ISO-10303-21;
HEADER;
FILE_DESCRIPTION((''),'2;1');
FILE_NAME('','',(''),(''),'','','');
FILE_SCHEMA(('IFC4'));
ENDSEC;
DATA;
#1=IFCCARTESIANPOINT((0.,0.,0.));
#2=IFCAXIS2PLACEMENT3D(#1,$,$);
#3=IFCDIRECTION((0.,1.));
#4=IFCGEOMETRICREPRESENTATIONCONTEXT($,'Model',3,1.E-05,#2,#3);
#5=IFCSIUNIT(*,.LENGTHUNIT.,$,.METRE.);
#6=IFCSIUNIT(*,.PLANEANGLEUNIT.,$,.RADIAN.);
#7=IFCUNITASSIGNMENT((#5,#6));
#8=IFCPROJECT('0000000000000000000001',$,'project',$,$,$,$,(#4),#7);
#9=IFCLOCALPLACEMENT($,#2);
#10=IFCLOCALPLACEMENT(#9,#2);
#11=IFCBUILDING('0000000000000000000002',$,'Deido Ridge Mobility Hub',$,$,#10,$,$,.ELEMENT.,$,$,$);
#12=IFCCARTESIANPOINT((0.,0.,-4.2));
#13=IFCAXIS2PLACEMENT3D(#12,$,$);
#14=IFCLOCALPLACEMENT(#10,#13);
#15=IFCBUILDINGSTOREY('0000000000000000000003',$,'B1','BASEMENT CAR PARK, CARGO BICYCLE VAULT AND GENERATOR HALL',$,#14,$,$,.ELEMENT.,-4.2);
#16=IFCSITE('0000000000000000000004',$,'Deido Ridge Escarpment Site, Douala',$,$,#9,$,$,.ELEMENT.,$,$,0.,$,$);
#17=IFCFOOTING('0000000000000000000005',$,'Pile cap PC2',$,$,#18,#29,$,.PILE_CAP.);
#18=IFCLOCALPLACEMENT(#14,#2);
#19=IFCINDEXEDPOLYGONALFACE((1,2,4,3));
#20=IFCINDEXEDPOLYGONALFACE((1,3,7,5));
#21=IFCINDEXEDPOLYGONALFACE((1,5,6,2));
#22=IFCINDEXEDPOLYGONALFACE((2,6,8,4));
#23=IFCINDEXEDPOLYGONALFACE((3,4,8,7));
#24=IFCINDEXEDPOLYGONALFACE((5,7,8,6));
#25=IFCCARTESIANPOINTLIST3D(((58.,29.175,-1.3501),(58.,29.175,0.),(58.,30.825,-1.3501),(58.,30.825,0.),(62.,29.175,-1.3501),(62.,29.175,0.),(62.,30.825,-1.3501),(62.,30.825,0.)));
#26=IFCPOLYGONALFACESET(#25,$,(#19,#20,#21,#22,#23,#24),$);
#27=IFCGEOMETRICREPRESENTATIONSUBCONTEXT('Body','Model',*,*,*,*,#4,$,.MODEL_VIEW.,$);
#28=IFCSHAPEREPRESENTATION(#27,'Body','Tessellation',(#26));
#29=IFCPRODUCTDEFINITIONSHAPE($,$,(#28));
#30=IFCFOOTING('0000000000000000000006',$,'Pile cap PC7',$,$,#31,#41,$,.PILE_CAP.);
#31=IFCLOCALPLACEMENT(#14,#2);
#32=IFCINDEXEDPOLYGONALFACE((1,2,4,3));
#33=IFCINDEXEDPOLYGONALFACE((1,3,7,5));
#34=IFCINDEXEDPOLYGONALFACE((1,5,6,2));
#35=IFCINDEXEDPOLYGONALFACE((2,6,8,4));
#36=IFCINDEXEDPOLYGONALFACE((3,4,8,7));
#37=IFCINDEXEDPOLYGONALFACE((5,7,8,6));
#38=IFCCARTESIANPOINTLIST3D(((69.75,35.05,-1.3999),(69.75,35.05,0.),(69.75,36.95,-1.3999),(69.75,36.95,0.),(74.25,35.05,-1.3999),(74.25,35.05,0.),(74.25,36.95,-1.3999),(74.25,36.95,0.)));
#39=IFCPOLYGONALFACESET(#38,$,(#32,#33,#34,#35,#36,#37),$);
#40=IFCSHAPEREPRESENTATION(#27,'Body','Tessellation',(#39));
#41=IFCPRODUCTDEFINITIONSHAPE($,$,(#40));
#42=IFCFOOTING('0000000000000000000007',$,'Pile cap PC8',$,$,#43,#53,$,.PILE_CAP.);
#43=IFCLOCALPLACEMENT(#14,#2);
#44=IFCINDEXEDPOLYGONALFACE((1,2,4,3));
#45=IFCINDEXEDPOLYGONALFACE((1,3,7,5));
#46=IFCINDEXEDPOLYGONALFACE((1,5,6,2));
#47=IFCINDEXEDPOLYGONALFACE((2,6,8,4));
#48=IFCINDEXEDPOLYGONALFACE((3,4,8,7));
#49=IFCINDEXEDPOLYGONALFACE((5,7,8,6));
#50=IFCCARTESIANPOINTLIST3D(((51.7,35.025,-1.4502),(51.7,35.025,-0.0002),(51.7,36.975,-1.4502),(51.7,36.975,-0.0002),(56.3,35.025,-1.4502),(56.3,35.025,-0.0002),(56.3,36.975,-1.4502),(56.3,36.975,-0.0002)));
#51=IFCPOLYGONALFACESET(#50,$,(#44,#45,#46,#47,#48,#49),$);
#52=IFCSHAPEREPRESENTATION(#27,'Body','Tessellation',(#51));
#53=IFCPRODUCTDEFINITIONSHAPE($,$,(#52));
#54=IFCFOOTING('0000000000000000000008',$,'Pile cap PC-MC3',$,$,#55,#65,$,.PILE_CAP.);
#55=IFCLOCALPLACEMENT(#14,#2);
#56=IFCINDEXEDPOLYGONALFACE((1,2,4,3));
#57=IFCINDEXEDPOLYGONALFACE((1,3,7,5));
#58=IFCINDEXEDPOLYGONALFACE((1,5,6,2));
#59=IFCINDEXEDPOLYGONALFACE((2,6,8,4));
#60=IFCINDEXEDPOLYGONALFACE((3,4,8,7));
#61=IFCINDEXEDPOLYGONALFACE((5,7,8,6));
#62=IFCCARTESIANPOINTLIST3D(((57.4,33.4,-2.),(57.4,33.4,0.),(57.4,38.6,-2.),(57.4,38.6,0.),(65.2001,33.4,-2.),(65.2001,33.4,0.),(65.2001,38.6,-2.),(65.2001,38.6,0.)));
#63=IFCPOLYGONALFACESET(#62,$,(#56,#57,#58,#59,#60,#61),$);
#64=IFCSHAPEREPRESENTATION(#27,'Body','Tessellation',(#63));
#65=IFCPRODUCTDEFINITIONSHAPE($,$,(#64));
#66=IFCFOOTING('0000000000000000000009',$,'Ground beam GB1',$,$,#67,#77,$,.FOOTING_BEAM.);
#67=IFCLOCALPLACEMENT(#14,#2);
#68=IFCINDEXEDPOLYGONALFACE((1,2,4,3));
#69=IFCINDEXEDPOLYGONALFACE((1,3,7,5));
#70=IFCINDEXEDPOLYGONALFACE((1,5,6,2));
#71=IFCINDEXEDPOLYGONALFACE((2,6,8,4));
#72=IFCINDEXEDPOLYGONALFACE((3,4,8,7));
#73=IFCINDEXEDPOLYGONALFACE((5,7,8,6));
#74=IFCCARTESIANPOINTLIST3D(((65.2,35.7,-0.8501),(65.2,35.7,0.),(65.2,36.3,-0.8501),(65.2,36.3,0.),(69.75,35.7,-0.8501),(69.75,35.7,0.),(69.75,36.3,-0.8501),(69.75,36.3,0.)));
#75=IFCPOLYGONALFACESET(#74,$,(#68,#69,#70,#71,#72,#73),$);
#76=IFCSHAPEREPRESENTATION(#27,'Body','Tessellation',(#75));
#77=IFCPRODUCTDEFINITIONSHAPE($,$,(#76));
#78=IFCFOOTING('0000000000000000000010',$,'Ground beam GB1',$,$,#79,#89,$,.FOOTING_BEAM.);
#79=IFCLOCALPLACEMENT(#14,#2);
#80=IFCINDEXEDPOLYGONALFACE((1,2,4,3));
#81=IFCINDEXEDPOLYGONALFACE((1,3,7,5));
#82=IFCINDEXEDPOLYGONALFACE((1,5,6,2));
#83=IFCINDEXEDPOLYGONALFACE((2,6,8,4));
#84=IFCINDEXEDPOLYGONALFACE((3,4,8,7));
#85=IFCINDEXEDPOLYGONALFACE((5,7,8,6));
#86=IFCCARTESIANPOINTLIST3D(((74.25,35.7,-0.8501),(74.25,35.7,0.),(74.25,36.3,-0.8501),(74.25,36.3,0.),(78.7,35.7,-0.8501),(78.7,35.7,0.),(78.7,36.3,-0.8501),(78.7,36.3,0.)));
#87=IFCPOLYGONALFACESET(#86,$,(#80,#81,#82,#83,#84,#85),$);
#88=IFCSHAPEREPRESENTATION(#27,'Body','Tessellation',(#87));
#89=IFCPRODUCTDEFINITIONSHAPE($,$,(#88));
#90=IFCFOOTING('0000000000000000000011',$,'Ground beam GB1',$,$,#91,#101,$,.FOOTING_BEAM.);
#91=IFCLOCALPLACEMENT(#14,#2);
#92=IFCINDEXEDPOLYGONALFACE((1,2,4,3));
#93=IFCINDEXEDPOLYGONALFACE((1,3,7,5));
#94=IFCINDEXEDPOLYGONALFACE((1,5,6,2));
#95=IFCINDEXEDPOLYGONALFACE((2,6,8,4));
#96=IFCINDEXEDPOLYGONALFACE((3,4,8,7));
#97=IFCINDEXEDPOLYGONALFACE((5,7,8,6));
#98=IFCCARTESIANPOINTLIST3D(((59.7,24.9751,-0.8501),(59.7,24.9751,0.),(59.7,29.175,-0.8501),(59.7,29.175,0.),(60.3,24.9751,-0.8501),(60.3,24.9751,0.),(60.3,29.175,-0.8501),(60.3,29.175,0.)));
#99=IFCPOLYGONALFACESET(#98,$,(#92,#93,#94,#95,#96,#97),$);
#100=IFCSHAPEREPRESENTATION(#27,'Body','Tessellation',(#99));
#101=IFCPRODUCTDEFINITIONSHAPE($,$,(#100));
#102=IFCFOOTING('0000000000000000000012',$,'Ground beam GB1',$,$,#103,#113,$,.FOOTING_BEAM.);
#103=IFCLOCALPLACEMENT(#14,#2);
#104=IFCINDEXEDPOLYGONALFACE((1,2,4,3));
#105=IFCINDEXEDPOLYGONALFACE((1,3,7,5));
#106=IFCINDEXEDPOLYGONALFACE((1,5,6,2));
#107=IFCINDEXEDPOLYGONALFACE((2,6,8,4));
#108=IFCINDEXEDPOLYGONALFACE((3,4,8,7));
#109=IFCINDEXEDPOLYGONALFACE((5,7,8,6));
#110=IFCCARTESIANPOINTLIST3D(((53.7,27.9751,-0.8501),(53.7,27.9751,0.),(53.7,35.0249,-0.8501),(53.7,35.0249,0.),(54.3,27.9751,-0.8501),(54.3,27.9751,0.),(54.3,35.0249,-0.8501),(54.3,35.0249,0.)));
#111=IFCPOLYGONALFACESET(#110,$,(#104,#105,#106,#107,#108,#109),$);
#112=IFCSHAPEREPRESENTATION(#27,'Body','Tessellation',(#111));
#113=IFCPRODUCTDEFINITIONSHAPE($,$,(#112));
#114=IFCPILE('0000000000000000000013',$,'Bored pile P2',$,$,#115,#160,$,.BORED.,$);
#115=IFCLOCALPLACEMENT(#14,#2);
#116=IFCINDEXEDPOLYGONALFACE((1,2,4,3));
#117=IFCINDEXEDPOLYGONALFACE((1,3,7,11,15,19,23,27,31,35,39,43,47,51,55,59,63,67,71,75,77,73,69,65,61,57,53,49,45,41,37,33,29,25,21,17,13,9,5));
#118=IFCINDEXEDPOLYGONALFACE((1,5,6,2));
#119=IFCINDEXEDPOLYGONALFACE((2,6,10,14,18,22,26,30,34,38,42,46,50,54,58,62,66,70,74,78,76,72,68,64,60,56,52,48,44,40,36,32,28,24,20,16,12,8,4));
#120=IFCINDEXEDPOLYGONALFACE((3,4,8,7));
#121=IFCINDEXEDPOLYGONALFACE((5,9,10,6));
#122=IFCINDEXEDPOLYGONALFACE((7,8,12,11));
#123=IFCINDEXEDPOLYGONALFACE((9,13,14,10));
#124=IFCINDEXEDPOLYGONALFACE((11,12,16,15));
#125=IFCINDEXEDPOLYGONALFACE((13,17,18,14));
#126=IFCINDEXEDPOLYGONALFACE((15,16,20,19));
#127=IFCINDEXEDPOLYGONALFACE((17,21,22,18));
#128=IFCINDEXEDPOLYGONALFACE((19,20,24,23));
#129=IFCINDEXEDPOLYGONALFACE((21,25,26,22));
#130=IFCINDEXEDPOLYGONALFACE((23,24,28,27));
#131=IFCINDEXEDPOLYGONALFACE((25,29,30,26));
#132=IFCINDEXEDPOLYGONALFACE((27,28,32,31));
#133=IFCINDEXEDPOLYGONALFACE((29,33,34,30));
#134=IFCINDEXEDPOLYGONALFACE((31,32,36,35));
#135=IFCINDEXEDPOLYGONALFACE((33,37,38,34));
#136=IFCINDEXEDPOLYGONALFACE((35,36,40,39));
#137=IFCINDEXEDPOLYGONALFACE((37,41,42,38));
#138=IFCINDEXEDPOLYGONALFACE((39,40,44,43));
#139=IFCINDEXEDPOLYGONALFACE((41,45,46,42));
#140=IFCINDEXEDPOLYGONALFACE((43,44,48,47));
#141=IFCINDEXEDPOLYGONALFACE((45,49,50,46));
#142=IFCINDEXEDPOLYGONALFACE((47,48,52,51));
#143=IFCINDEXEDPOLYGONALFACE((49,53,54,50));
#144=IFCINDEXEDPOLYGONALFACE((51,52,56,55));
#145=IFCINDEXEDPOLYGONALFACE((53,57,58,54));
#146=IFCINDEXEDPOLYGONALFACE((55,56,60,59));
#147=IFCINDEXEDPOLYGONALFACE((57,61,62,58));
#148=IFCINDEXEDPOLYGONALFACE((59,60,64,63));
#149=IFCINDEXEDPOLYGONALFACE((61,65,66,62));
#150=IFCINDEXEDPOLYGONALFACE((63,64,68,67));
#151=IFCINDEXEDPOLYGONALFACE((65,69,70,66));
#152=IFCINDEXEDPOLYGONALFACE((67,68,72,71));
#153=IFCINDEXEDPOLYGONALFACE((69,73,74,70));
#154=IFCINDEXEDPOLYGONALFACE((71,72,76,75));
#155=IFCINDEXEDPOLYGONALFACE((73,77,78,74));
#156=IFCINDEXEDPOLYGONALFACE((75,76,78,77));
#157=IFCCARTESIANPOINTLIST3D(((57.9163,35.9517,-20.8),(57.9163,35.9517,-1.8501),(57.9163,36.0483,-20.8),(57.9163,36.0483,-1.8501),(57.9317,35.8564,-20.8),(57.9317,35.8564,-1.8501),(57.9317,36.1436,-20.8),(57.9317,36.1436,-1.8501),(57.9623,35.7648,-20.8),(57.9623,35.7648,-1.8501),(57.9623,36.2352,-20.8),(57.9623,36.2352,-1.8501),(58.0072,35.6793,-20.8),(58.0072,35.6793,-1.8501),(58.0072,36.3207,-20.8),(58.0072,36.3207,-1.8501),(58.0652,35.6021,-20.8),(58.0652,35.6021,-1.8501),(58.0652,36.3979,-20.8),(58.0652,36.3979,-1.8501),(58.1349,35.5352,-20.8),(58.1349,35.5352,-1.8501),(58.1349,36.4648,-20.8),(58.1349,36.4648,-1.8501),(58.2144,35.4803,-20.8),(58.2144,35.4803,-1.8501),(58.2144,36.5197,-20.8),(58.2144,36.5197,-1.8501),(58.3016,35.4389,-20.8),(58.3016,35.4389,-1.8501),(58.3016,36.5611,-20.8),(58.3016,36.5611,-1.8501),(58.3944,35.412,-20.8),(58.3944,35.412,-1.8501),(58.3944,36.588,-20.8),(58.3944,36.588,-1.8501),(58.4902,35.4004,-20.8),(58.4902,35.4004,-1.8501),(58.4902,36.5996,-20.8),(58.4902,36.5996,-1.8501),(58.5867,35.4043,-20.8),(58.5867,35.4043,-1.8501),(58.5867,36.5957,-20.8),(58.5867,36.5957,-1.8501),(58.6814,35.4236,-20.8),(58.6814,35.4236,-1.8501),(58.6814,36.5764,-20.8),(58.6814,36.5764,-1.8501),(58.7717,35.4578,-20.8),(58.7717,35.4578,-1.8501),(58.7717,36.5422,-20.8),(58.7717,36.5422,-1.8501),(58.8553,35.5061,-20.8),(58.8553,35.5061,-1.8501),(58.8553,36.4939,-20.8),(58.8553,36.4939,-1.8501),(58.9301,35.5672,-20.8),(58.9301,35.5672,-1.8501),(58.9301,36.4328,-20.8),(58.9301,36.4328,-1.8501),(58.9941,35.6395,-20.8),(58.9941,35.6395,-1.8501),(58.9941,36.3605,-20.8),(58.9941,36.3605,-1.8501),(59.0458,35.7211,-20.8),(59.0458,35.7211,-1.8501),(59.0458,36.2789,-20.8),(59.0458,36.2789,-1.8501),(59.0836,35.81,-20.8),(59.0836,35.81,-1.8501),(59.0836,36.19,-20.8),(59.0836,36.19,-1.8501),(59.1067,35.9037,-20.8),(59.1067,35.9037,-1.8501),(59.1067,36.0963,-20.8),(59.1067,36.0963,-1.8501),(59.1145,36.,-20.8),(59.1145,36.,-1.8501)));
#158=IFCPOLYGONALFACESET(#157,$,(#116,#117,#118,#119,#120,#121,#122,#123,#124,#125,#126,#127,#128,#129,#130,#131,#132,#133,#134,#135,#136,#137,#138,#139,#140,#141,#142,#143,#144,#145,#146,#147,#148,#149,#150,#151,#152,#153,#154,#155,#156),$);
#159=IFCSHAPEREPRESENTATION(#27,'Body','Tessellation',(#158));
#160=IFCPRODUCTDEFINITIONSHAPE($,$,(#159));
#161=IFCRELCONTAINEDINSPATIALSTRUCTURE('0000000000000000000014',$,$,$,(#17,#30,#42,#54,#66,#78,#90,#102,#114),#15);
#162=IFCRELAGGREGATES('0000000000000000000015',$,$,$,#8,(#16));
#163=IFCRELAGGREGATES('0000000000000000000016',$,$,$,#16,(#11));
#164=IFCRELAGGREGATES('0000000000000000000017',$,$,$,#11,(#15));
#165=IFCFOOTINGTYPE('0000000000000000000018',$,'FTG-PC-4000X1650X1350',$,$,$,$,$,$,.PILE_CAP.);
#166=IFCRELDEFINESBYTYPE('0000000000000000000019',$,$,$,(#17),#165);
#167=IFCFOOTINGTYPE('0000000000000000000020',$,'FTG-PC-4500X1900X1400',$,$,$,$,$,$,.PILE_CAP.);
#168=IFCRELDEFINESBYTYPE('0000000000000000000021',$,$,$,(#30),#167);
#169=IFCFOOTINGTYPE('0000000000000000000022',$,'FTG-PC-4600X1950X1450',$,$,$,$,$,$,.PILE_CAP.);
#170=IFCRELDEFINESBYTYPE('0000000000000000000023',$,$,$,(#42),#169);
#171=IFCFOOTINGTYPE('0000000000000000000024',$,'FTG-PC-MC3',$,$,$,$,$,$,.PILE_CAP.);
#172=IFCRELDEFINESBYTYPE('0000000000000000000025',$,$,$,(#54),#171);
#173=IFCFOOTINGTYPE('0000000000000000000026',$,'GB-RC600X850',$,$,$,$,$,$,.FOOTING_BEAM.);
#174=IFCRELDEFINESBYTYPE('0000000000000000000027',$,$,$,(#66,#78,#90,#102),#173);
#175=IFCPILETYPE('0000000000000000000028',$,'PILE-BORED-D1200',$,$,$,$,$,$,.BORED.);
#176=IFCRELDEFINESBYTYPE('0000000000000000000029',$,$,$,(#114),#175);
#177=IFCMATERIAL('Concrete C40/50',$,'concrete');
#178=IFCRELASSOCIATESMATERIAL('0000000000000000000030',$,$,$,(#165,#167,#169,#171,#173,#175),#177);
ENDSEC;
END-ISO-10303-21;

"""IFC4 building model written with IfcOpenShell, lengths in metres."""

from ifc_helpers import new_model, si_unit, direction, frame, origin, origin_2d, place, context, subcontext, project, spatial, rectangle, circle, extrude, material, material_profile, profile_set, type_object, element, save


model = new_model("IFC4")

# Units and contexts
model_context = context("Model", 3, precision=1e-05, world=origin(), true_north=direction((0.0, 1.0)))
body_context = subcontext(model_context, "Body", "Model", "MODEL_VIEW")
ifc_project = project(units=[si_unit("LENGTHUNIT", "METRE"), si_unit("PLANEANGLEUNIT", "RADIAN")], contexts=[model_context])

# Site, building, storey
site_placement = place(None, origin())
site = spatial("IfcSite", under=ifc_project, at=site_placement, Name="Deido Ridge Escarpment Site, Douala", CompositionType="ELEMENT", RefElevation=0.0)
building_placement = place(site_placement, origin())
building = spatial("IfcBuilding", under=site, at=building_placement, Name="Deido Ridge Mobility Hub", CompositionType="ELEMENT")
storey_placement = place(building_placement, frame((0.0, 0.0, -4.2)))
storey = spatial("IfcBuildingStorey", under=building, at=storey_placement, Name="B1", Description="BASEMENT CAR PARK, CARGO BICYCLE VAULT AND GENERATOR HALL", CompositionType="ELEMENT", Elevation=-4.2)

# Footings
ifc_material_1 = material(Name="Concrete C40/50", Category="concrete")
footing_type_1 = type_object("IfcFootingType", Name="FTG-PC-4000X1650X1350", PredefinedType="PILE_CAP", material=ifc_material_1)
footing_1_placement = place(storey_placement, frame((60.0, 30.0, -1.3501), z_axis=(0.0, 0.0, 1.0), x_axis=(1.0, 0.0, 0.0)))
element("IfcFooting", 1, at=footing_1_placement, inside=storey, type_object=footing_type_1, Name="Pile cap PC2", PredefinedType="PILE_CAP", context=body_context, shape_type="SweptSolid", body=[
    extrude(rectangle(XDim=4.0, YDim=1.6499, at=origin_2d()), origin(), (0.0, 0.0, 1.0), 1.3501),
])
footing_type_2 = type_object("IfcFootingType", Name="FTG-PC-4500X1900X1400", PredefinedType="PILE_CAP", material=ifc_material_1)
footing_2_placement = place(storey_placement, frame((72.0, 36.0, -1.3999), z_axis=(0.0, 0.0, 1.0), x_axis=(1.0, 0.0, 0.0)))
element("IfcFooting", 2, at=footing_2_placement, inside=storey, type_object=footing_type_2, Name="Pile cap PC7", PredefinedType="PILE_CAP", context=body_context, shape_type="SweptSolid", body=[
    extrude(rectangle(XDim=4.5, YDim=1.8999, at=origin_2d()), origin(), (0.0, 0.0, 1.0), 1.3999),
])
footing_type_3 = type_object("IfcFootingType", Name="FTG-PC-4600X1950X1450", PredefinedType="PILE_CAP", material=ifc_material_1)
footing_3_placement = place(storey_placement, frame((54.0, 36.0, -1.4502), z_axis=(0.0, 0.0, 1.0), x_axis=(1.0, 0.0, 0.0)))
element("IfcFooting", 3, at=footing_3_placement, inside=storey, type_object=footing_type_3, Name="Pile cap PC8", PredefinedType="PILE_CAP", context=body_context, shape_type="SweptSolid", body=[
    extrude(rectangle(XDim=4.6001, YDim=1.95, at=origin_2d()), origin(), (0.0, 0.0, 1.0), 1.45),
])
footing_type_4 = type_object("IfcFootingType", Name="FTG-PC-MC3", PredefinedType="PILE_CAP", material=ifc_material_1)
footing_4_placement = place(storey_placement, frame((61.3, 36.0, -2.0), z_axis=(0.0, 0.0, 1.0), x_axis=(1.0, 0.0, 0.0)))
element("IfcFooting", 4, at=footing_4_placement, inside=storey, type_object=footing_type_4, Name="Pile cap PC-MC3", PredefinedType="PILE_CAP", context=body_context, shape_type="SweptSolid", body=[
    extrude(rectangle(XDim=7.8, YDim=5.2, at=origin_2d()), origin(), (0.0, 0.0, 1.0), 2.0),
])
ifc_material_profile_1 = material_profile(ifc_material_1, rectangle(XDim=0.6001, YDim=0.8501, at=origin_2d()), Name="RC GB 600x850")
ifc_profile_set_1 = profile_set([ifc_material_profile_1], Name="Concrete C40/50")
footing_type_5 = type_object("IfcFootingType", Name="GB-RC600X850", PredefinedType="FOOTING_BEAM", material=ifc_profile_set_1)
footing_5_placement = place(storey_placement, frame((65.2, 36.0, -0.425), z_axis=(1.0, 0.0, 0.0), x_axis=(0.0, 1.0, 0.0)))
element("IfcFooting", 5, at=footing_5_placement, inside=storey, type_object=footing_type_5, Name="Ground beam GB1", PredefinedType="FOOTING_BEAM", context=body_context, shape_type="SweptSolid", body=[
    extrude(rectangle(XDim=0.6001, YDim=0.8501, at=origin_2d()), origin(), (0.0, 0.0, 1.0), 4.55),
])
footing_6_placement = place(storey_placement, frame((74.25, 36.0, -0.425), z_axis=(1.0, 0.0, 0.0), x_axis=(0.0, 1.0, 0.0)))
element("IfcFooting", 6, at=footing_6_placement, inside=storey, type_object=footing_type_5, Name="Ground beam GB1", PredefinedType="FOOTING_BEAM", context=body_context, shape_type="SweptSolid", body=[
    extrude(rectangle(XDim=0.6001, YDim=0.8501, at=origin_2d()), origin(), (0.0, 0.0, 1.0), 4.45),
])
footing_7_placement = place(storey_placement, frame((60.0, 24.9751, -0.425), z_axis=(0.0, 1.0, 0.0), x_axis=(-1.0, 0.0, 0.0)))
element("IfcFooting", 7, at=footing_7_placement, inside=storey, type_object=footing_type_5, Name="Ground beam GB1", PredefinedType="FOOTING_BEAM", context=body_context, shape_type="SweptSolid", body=[
    extrude(rectangle(XDim=0.6001, YDim=0.8501, at=origin_2d()), origin(), (0.0, 0.0, 1.0), 4.2),
])
footing_8_placement = place(storey_placement, frame((54.0, 27.9751, -0.425), z_axis=(0.0, 1.0, 0.0), x_axis=(-1.0, 0.0, 0.0)))
element("IfcFooting", 8, at=footing_8_placement, inside=storey, type_object=footing_type_5, Name="Ground beam GB1", PredefinedType="FOOTING_BEAM", context=body_context, shape_type="SweptSolid", body=[
    extrude(rectangle(XDim=0.6001, YDim=0.8501, at=origin_2d()), origin(), (0.0, 0.0, 1.0), 7.0498),
])

# Pile
ifc_material_profile_2 = material_profile(ifc_material_1, circle(Radius=0.6001, at=origin_2d()), Name="BORED PILE D1200")
ifc_profile_set_2 = profile_set([ifc_material_profile_2], Name="Concrete C40/50")
pile_type_1 = type_object("IfcPileType", Name="PILE-BORED-D1200", PredefinedType="BORED", material=ifc_profile_set_2)
for number, where, z_axis, x_axis, name in (
    (9, (58.5144, 36.0, -1.8501), (0.0, 0.0, -1.0), (1.0, 0.0, 0.0), "Bored pile P2"),
):
    element("IfcPile", number, at=place(storey_placement, frame(where, z_axis=z_axis, x_axis=x_axis)), inside=storey, type_object=pile_type_1, Name=name, PredefinedType="BORED", context=body_context, shape_type="SweptSolid", body=[
        extrude(circle(Radius=0.6001, at=origin_2d()), origin(), (0.0, 0.0, 1.0), 18.95),
    ])

save(model, "model.ifc")
